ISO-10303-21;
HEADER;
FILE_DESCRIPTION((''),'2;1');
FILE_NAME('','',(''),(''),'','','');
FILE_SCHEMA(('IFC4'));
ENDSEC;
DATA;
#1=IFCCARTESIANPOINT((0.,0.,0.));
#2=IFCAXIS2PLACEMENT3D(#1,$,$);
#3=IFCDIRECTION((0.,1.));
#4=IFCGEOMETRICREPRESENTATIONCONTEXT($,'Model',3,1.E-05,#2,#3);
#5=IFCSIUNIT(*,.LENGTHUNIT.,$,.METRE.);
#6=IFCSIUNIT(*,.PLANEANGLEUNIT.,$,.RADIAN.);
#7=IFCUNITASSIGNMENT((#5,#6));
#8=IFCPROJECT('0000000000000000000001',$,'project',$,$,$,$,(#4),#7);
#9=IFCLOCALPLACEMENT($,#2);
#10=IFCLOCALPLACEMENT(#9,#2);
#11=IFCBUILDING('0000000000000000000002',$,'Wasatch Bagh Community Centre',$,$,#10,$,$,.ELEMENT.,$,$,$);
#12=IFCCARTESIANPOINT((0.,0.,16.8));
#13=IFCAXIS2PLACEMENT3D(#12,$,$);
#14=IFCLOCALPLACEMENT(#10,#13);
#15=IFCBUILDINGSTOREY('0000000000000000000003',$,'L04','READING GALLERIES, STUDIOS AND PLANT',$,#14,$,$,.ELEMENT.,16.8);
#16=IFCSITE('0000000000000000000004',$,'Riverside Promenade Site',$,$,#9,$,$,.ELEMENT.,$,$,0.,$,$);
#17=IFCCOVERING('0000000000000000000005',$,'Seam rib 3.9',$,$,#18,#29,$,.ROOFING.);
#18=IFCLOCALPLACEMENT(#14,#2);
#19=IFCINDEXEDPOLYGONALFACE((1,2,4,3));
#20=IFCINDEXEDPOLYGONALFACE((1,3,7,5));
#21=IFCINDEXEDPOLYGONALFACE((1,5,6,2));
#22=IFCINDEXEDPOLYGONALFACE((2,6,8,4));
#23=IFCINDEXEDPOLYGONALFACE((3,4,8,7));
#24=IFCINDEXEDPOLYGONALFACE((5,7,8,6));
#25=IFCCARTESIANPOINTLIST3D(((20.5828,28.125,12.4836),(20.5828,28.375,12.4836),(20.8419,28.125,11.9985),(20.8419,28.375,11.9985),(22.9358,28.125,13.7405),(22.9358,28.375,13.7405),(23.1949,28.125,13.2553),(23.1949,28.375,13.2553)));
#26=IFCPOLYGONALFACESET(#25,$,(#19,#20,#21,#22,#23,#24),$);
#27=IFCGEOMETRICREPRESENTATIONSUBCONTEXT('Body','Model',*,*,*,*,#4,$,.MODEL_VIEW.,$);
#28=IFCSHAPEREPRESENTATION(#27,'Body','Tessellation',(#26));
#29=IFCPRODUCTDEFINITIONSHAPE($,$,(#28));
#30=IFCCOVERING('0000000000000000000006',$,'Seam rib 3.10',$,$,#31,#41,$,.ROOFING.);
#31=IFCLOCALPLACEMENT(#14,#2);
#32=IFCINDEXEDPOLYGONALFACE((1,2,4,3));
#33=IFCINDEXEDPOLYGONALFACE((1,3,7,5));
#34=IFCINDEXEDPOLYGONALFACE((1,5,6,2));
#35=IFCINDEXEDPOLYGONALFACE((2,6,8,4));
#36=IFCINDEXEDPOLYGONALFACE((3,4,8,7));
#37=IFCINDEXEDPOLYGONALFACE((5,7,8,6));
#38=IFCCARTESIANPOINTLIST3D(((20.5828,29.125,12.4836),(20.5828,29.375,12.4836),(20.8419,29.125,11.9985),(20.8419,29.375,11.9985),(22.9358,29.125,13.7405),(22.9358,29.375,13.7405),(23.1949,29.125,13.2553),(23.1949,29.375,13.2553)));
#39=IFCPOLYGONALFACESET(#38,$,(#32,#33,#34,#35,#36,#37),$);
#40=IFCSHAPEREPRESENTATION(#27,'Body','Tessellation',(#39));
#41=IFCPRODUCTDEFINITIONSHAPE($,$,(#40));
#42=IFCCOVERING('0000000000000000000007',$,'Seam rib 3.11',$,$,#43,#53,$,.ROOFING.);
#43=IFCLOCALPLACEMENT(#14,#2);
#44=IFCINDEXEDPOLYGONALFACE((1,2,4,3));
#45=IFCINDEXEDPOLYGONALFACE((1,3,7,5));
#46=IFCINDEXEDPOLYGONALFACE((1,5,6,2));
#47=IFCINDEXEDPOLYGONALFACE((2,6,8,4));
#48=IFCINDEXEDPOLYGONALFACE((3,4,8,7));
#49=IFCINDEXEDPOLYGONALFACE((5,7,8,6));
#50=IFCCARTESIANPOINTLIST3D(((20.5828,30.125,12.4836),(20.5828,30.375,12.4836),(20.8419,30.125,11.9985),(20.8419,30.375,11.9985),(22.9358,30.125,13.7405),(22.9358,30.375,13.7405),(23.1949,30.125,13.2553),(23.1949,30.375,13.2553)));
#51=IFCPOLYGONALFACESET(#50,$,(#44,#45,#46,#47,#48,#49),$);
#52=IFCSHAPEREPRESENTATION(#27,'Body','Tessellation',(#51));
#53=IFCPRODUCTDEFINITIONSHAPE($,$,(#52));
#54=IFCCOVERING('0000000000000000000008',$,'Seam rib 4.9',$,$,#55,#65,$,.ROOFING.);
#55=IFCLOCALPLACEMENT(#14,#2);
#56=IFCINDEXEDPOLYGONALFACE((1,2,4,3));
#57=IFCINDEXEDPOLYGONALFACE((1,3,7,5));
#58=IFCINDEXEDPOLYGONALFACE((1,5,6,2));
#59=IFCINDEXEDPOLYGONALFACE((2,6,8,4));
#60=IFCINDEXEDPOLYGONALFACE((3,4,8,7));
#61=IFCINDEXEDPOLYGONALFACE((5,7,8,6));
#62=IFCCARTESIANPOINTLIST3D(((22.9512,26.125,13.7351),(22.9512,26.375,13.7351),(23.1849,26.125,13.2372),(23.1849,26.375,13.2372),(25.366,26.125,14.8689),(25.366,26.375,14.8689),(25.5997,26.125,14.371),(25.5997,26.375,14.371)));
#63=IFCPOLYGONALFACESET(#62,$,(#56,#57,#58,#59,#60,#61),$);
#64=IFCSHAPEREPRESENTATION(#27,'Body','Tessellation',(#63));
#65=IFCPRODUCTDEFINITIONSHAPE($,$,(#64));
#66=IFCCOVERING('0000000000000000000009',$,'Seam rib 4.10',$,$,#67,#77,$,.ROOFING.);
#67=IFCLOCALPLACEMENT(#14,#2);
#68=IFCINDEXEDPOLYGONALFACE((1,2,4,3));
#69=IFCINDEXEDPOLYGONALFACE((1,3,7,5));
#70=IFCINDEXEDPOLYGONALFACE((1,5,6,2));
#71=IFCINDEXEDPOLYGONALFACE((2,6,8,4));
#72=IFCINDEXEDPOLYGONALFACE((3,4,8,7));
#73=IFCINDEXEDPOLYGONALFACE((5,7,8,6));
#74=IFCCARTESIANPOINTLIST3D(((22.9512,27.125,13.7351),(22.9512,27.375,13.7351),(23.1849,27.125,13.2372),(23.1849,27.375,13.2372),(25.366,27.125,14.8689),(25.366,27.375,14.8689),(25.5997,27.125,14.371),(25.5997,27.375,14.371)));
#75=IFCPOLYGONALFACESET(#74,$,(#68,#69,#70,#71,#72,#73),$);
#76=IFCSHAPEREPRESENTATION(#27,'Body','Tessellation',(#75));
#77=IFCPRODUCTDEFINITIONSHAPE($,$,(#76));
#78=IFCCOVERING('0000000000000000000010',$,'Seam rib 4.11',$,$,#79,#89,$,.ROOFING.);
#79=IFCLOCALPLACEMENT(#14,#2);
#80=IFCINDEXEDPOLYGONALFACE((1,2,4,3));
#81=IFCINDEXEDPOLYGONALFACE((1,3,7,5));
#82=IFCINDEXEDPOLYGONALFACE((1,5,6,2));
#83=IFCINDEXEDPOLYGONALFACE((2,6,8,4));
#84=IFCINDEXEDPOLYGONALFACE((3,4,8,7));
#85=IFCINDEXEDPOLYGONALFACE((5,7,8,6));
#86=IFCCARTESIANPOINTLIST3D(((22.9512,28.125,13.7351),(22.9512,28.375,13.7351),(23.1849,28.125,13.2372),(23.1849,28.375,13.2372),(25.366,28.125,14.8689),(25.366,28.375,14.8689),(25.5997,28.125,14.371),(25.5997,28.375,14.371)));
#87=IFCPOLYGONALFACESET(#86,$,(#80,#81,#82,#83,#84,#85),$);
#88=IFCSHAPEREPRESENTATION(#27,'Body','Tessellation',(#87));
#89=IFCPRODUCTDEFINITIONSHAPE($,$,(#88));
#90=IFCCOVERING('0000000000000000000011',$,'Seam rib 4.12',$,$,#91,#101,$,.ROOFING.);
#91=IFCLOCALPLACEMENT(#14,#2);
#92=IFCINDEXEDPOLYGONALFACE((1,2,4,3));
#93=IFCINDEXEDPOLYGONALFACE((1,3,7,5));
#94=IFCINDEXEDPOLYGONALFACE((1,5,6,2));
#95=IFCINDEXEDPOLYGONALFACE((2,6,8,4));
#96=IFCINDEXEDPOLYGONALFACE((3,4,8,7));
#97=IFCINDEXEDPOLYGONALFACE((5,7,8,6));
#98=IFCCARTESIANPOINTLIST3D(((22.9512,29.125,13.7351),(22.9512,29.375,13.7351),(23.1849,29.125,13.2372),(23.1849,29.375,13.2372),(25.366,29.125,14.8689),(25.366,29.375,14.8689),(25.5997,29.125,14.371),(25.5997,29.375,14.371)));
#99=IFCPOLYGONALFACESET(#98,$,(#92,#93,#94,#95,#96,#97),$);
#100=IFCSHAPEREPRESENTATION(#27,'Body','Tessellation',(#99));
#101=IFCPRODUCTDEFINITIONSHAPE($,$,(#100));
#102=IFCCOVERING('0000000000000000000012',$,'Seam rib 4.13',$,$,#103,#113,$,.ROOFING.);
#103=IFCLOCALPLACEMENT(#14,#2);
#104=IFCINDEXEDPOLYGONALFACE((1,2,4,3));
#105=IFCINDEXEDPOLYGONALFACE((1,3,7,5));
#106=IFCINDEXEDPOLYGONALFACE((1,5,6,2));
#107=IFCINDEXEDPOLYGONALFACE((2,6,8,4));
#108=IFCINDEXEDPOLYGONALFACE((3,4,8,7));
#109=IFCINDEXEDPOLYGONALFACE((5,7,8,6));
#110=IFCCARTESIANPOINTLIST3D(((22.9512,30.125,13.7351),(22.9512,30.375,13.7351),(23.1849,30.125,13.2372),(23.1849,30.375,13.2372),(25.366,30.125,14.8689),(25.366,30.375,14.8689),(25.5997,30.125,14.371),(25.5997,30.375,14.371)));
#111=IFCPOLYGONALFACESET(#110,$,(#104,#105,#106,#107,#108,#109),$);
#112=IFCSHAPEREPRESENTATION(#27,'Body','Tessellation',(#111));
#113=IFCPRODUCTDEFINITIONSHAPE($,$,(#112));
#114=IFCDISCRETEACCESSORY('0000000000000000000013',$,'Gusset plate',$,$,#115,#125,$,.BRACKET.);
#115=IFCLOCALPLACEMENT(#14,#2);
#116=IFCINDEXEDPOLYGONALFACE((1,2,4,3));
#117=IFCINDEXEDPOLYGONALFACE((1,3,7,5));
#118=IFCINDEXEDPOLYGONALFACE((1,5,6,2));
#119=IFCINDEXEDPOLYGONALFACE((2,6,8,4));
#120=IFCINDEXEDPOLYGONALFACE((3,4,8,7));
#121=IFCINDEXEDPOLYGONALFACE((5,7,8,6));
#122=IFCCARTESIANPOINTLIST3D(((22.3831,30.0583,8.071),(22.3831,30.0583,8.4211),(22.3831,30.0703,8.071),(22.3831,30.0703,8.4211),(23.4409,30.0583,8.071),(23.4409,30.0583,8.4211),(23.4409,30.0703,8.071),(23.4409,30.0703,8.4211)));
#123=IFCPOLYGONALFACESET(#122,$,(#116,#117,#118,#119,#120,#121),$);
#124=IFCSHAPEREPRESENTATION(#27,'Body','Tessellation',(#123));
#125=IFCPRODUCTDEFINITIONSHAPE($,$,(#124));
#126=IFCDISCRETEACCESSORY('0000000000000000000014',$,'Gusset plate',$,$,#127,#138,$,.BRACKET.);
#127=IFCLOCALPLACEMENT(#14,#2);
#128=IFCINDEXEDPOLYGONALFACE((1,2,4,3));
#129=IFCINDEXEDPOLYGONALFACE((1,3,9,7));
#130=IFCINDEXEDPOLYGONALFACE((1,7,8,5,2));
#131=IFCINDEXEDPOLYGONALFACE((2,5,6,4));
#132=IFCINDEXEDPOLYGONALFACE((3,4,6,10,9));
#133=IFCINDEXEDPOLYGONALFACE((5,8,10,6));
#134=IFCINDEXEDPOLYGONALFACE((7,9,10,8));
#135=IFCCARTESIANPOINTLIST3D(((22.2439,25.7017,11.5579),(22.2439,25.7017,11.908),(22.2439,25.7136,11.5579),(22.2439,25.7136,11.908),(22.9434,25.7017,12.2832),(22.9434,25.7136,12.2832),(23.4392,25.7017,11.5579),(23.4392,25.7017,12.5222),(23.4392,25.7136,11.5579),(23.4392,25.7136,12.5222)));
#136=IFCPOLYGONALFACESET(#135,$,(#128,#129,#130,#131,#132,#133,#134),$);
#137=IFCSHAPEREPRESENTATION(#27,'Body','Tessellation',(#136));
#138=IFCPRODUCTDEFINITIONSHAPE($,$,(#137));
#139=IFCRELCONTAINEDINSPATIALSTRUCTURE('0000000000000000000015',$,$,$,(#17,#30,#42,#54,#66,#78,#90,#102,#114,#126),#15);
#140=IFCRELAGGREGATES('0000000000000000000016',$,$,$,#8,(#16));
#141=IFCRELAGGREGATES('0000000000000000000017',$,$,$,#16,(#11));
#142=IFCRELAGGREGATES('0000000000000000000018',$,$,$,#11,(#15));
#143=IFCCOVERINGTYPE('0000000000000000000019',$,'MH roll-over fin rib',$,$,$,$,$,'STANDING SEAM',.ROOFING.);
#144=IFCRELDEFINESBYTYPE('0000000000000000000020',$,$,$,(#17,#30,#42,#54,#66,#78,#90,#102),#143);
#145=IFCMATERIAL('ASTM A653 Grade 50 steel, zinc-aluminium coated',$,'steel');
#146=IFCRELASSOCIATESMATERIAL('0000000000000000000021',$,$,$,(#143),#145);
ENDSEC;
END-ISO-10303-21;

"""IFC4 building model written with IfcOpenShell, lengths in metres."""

from ifc_helpers import new_model, si_unit, direction, frame, origin, place, context, subcontext, project, spatial, polyline, outline, extrude, material, type_object, element, save


model = new_model("IFC4")

# Units and contexts
model_context = context("Model", 3, precision=1e-05, world=origin(), true_north=direction((0.0, 1.0)))
body_context = subcontext(model_context, "Body", "Model", "MODEL_VIEW")
ifc_project = project(units=[si_unit("LENGTHUNIT", "METRE"), si_unit("PLANEANGLEUNIT", "RADIAN")], contexts=[model_context])

# Site, building, storey
site_placement = place(None, origin())
site = spatial("IfcSite", under=ifc_project, at=site_placement, Name="Riverside Promenade Site", CompositionType="ELEMENT", RefElevation=0.0)
building_placement = place(site_placement, origin())
building = spatial("IfcBuilding", under=site, at=building_placement, Name="Wasatch Bagh Community Centre", CompositionType="ELEMENT")
storey_placement = place(building_placement, frame((0.0, 0.0, 16.8)))
storey = spatial("IfcBuildingStorey", under=building, at=storey_placement, Name="L04", Description="READING GALLERIES, STUDIOS AND PLANT", CompositionType="ELEMENT", Elevation=16.8)

# Coverings
ifc_material_1 = material(Name="ASTM A653 Grade 50 steel, zinc-aluminium coated", Category="steel")
covering_type = type_object("IfcCoveringType", Name="MH roll-over fin rib", ElementType="STANDING SEAM", PredefinedType="ROOFING", material=ifc_material_1)
for number, where, z_axis, x_axis, name in (
    (1, (20.5828, 28.125, 12.4836), (-0.471139, 0.0, 0.882059), (0.882059, 0.0, 0.471139), "Seam rib 3.9"),
    (2, (20.5828, 29.125, 12.4836), (-0.471139, 0.0, 0.882059), (0.882059, 0.0, 0.471139), "Seam rib 3.10"),
    (3, (20.5828, 30.125, 12.4836), (-0.471139, 0.0, 0.882059), (0.882059, 0.0, 0.471139), "Seam rib 3.11"),
):
    element("IfcCovering", number, at=place(storey_placement, frame(where, z_axis=z_axis, x_axis=x_axis)), inside=storey, type_object=covering_type, Name=name, PredefinedType="ROOFING", context=body_context, shape_type="SweptSolid", body=[
        extrude(outline(polyline([(0.0, 0.0), (2.6677, 0.0), (2.6677, 0.25), (0.0, 0.25), (0.0, 0.0)])), origin(), (0.0, 0.0, -1.0), 0.55),
    ])
for number, where, z_axis, x_axis, name in (
    (4, (22.9512, 26.125, 13.7351), (-0.425004, 0.0, 0.905192), (0.905192, 0.0, 0.425004), "Seam rib 4.9"),
    (5, (22.9512, 27.125, 13.7351), (-0.425004, 0.0, 0.905192), (0.905192, 0.0, 0.425004), "Seam rib 4.10"),
    (6, (22.9512, 28.125, 13.7351), (-0.425004, 0.0, 0.905192), (0.905192, 0.0, 0.425004), "Seam rib 4.11"),
    (7, (22.9512, 29.125, 13.7351), (-0.425004, 0.0, 0.905192), (0.905192, 0.0, 0.425004), "Seam rib 4.12"),
    (8, (22.9512, 30.125, 13.7351), (-0.425004, 0.0, 0.905192), (0.905192, 0.0, 0.425004), "Seam rib 4.13"),
):
    element("IfcCovering", number, at=place(storey_placement, frame(where, z_axis=z_axis, x_axis=x_axis)), inside=storey, type_object=covering_type, Name=name, PredefinedType="ROOFING", context=body_context, shape_type="SweptSolid", body=[
        extrude(outline(polyline([(0.0, 0.0), (2.6677, 0.0), (2.6677, 0.25), (0.0, 0.25), (0.0, 0.0)])), origin(), (0.0, 0.0, -1.0), 0.55),
    ])

# Discrete accessories
discrete_accessory_1_placement = place(storey_placement, frame((22.3831, 30.0583, 8.071), z_axis=(0.0, -1.0, 0.0), x_axis=(1.0, 0.0, 0.0)))
element("IfcDiscreteAccessory", 9, at=discrete_accessory_1_placement, inside=storey, Name="Gusset plate", PredefinedType="BRACKET", context=body_context, shape_type="SweptSolid", body=[
    extrude(outline(polyline([(0.0, 0.0), (1.0579, 0.0), (1.0579, 0.3501), (0.0, 0.3501), (0.0, 0.0)])), origin(), (0.0, 0.0, -1.0), 0.012),
])
discrete_accessory_2_placement = place(storey_placement, frame((22.2439, 25.7136, 11.908), z_axis=(0.0, 1.0, 0.0), x_axis=(0.881201, 0.0, 0.472742)))
element("IfcDiscreteAccessory", 10, at=discrete_accessory_2_placement, inside=storey, Name="Gusset plate", PredefinedType="BRACKET", context=body_context, shape_type="SweptSolid", body=[
    extrude(outline(polyline([(0.0, 0.0), (0.7938, 0.0), (1.3437, 0.0238), (0.8878, 0.8736), (-0.1655, 0.3085), (0.0, 0.0)])), origin(), (0.0, 0.0, -1.0), 0.012),
])

save(model, "model.ifc")
